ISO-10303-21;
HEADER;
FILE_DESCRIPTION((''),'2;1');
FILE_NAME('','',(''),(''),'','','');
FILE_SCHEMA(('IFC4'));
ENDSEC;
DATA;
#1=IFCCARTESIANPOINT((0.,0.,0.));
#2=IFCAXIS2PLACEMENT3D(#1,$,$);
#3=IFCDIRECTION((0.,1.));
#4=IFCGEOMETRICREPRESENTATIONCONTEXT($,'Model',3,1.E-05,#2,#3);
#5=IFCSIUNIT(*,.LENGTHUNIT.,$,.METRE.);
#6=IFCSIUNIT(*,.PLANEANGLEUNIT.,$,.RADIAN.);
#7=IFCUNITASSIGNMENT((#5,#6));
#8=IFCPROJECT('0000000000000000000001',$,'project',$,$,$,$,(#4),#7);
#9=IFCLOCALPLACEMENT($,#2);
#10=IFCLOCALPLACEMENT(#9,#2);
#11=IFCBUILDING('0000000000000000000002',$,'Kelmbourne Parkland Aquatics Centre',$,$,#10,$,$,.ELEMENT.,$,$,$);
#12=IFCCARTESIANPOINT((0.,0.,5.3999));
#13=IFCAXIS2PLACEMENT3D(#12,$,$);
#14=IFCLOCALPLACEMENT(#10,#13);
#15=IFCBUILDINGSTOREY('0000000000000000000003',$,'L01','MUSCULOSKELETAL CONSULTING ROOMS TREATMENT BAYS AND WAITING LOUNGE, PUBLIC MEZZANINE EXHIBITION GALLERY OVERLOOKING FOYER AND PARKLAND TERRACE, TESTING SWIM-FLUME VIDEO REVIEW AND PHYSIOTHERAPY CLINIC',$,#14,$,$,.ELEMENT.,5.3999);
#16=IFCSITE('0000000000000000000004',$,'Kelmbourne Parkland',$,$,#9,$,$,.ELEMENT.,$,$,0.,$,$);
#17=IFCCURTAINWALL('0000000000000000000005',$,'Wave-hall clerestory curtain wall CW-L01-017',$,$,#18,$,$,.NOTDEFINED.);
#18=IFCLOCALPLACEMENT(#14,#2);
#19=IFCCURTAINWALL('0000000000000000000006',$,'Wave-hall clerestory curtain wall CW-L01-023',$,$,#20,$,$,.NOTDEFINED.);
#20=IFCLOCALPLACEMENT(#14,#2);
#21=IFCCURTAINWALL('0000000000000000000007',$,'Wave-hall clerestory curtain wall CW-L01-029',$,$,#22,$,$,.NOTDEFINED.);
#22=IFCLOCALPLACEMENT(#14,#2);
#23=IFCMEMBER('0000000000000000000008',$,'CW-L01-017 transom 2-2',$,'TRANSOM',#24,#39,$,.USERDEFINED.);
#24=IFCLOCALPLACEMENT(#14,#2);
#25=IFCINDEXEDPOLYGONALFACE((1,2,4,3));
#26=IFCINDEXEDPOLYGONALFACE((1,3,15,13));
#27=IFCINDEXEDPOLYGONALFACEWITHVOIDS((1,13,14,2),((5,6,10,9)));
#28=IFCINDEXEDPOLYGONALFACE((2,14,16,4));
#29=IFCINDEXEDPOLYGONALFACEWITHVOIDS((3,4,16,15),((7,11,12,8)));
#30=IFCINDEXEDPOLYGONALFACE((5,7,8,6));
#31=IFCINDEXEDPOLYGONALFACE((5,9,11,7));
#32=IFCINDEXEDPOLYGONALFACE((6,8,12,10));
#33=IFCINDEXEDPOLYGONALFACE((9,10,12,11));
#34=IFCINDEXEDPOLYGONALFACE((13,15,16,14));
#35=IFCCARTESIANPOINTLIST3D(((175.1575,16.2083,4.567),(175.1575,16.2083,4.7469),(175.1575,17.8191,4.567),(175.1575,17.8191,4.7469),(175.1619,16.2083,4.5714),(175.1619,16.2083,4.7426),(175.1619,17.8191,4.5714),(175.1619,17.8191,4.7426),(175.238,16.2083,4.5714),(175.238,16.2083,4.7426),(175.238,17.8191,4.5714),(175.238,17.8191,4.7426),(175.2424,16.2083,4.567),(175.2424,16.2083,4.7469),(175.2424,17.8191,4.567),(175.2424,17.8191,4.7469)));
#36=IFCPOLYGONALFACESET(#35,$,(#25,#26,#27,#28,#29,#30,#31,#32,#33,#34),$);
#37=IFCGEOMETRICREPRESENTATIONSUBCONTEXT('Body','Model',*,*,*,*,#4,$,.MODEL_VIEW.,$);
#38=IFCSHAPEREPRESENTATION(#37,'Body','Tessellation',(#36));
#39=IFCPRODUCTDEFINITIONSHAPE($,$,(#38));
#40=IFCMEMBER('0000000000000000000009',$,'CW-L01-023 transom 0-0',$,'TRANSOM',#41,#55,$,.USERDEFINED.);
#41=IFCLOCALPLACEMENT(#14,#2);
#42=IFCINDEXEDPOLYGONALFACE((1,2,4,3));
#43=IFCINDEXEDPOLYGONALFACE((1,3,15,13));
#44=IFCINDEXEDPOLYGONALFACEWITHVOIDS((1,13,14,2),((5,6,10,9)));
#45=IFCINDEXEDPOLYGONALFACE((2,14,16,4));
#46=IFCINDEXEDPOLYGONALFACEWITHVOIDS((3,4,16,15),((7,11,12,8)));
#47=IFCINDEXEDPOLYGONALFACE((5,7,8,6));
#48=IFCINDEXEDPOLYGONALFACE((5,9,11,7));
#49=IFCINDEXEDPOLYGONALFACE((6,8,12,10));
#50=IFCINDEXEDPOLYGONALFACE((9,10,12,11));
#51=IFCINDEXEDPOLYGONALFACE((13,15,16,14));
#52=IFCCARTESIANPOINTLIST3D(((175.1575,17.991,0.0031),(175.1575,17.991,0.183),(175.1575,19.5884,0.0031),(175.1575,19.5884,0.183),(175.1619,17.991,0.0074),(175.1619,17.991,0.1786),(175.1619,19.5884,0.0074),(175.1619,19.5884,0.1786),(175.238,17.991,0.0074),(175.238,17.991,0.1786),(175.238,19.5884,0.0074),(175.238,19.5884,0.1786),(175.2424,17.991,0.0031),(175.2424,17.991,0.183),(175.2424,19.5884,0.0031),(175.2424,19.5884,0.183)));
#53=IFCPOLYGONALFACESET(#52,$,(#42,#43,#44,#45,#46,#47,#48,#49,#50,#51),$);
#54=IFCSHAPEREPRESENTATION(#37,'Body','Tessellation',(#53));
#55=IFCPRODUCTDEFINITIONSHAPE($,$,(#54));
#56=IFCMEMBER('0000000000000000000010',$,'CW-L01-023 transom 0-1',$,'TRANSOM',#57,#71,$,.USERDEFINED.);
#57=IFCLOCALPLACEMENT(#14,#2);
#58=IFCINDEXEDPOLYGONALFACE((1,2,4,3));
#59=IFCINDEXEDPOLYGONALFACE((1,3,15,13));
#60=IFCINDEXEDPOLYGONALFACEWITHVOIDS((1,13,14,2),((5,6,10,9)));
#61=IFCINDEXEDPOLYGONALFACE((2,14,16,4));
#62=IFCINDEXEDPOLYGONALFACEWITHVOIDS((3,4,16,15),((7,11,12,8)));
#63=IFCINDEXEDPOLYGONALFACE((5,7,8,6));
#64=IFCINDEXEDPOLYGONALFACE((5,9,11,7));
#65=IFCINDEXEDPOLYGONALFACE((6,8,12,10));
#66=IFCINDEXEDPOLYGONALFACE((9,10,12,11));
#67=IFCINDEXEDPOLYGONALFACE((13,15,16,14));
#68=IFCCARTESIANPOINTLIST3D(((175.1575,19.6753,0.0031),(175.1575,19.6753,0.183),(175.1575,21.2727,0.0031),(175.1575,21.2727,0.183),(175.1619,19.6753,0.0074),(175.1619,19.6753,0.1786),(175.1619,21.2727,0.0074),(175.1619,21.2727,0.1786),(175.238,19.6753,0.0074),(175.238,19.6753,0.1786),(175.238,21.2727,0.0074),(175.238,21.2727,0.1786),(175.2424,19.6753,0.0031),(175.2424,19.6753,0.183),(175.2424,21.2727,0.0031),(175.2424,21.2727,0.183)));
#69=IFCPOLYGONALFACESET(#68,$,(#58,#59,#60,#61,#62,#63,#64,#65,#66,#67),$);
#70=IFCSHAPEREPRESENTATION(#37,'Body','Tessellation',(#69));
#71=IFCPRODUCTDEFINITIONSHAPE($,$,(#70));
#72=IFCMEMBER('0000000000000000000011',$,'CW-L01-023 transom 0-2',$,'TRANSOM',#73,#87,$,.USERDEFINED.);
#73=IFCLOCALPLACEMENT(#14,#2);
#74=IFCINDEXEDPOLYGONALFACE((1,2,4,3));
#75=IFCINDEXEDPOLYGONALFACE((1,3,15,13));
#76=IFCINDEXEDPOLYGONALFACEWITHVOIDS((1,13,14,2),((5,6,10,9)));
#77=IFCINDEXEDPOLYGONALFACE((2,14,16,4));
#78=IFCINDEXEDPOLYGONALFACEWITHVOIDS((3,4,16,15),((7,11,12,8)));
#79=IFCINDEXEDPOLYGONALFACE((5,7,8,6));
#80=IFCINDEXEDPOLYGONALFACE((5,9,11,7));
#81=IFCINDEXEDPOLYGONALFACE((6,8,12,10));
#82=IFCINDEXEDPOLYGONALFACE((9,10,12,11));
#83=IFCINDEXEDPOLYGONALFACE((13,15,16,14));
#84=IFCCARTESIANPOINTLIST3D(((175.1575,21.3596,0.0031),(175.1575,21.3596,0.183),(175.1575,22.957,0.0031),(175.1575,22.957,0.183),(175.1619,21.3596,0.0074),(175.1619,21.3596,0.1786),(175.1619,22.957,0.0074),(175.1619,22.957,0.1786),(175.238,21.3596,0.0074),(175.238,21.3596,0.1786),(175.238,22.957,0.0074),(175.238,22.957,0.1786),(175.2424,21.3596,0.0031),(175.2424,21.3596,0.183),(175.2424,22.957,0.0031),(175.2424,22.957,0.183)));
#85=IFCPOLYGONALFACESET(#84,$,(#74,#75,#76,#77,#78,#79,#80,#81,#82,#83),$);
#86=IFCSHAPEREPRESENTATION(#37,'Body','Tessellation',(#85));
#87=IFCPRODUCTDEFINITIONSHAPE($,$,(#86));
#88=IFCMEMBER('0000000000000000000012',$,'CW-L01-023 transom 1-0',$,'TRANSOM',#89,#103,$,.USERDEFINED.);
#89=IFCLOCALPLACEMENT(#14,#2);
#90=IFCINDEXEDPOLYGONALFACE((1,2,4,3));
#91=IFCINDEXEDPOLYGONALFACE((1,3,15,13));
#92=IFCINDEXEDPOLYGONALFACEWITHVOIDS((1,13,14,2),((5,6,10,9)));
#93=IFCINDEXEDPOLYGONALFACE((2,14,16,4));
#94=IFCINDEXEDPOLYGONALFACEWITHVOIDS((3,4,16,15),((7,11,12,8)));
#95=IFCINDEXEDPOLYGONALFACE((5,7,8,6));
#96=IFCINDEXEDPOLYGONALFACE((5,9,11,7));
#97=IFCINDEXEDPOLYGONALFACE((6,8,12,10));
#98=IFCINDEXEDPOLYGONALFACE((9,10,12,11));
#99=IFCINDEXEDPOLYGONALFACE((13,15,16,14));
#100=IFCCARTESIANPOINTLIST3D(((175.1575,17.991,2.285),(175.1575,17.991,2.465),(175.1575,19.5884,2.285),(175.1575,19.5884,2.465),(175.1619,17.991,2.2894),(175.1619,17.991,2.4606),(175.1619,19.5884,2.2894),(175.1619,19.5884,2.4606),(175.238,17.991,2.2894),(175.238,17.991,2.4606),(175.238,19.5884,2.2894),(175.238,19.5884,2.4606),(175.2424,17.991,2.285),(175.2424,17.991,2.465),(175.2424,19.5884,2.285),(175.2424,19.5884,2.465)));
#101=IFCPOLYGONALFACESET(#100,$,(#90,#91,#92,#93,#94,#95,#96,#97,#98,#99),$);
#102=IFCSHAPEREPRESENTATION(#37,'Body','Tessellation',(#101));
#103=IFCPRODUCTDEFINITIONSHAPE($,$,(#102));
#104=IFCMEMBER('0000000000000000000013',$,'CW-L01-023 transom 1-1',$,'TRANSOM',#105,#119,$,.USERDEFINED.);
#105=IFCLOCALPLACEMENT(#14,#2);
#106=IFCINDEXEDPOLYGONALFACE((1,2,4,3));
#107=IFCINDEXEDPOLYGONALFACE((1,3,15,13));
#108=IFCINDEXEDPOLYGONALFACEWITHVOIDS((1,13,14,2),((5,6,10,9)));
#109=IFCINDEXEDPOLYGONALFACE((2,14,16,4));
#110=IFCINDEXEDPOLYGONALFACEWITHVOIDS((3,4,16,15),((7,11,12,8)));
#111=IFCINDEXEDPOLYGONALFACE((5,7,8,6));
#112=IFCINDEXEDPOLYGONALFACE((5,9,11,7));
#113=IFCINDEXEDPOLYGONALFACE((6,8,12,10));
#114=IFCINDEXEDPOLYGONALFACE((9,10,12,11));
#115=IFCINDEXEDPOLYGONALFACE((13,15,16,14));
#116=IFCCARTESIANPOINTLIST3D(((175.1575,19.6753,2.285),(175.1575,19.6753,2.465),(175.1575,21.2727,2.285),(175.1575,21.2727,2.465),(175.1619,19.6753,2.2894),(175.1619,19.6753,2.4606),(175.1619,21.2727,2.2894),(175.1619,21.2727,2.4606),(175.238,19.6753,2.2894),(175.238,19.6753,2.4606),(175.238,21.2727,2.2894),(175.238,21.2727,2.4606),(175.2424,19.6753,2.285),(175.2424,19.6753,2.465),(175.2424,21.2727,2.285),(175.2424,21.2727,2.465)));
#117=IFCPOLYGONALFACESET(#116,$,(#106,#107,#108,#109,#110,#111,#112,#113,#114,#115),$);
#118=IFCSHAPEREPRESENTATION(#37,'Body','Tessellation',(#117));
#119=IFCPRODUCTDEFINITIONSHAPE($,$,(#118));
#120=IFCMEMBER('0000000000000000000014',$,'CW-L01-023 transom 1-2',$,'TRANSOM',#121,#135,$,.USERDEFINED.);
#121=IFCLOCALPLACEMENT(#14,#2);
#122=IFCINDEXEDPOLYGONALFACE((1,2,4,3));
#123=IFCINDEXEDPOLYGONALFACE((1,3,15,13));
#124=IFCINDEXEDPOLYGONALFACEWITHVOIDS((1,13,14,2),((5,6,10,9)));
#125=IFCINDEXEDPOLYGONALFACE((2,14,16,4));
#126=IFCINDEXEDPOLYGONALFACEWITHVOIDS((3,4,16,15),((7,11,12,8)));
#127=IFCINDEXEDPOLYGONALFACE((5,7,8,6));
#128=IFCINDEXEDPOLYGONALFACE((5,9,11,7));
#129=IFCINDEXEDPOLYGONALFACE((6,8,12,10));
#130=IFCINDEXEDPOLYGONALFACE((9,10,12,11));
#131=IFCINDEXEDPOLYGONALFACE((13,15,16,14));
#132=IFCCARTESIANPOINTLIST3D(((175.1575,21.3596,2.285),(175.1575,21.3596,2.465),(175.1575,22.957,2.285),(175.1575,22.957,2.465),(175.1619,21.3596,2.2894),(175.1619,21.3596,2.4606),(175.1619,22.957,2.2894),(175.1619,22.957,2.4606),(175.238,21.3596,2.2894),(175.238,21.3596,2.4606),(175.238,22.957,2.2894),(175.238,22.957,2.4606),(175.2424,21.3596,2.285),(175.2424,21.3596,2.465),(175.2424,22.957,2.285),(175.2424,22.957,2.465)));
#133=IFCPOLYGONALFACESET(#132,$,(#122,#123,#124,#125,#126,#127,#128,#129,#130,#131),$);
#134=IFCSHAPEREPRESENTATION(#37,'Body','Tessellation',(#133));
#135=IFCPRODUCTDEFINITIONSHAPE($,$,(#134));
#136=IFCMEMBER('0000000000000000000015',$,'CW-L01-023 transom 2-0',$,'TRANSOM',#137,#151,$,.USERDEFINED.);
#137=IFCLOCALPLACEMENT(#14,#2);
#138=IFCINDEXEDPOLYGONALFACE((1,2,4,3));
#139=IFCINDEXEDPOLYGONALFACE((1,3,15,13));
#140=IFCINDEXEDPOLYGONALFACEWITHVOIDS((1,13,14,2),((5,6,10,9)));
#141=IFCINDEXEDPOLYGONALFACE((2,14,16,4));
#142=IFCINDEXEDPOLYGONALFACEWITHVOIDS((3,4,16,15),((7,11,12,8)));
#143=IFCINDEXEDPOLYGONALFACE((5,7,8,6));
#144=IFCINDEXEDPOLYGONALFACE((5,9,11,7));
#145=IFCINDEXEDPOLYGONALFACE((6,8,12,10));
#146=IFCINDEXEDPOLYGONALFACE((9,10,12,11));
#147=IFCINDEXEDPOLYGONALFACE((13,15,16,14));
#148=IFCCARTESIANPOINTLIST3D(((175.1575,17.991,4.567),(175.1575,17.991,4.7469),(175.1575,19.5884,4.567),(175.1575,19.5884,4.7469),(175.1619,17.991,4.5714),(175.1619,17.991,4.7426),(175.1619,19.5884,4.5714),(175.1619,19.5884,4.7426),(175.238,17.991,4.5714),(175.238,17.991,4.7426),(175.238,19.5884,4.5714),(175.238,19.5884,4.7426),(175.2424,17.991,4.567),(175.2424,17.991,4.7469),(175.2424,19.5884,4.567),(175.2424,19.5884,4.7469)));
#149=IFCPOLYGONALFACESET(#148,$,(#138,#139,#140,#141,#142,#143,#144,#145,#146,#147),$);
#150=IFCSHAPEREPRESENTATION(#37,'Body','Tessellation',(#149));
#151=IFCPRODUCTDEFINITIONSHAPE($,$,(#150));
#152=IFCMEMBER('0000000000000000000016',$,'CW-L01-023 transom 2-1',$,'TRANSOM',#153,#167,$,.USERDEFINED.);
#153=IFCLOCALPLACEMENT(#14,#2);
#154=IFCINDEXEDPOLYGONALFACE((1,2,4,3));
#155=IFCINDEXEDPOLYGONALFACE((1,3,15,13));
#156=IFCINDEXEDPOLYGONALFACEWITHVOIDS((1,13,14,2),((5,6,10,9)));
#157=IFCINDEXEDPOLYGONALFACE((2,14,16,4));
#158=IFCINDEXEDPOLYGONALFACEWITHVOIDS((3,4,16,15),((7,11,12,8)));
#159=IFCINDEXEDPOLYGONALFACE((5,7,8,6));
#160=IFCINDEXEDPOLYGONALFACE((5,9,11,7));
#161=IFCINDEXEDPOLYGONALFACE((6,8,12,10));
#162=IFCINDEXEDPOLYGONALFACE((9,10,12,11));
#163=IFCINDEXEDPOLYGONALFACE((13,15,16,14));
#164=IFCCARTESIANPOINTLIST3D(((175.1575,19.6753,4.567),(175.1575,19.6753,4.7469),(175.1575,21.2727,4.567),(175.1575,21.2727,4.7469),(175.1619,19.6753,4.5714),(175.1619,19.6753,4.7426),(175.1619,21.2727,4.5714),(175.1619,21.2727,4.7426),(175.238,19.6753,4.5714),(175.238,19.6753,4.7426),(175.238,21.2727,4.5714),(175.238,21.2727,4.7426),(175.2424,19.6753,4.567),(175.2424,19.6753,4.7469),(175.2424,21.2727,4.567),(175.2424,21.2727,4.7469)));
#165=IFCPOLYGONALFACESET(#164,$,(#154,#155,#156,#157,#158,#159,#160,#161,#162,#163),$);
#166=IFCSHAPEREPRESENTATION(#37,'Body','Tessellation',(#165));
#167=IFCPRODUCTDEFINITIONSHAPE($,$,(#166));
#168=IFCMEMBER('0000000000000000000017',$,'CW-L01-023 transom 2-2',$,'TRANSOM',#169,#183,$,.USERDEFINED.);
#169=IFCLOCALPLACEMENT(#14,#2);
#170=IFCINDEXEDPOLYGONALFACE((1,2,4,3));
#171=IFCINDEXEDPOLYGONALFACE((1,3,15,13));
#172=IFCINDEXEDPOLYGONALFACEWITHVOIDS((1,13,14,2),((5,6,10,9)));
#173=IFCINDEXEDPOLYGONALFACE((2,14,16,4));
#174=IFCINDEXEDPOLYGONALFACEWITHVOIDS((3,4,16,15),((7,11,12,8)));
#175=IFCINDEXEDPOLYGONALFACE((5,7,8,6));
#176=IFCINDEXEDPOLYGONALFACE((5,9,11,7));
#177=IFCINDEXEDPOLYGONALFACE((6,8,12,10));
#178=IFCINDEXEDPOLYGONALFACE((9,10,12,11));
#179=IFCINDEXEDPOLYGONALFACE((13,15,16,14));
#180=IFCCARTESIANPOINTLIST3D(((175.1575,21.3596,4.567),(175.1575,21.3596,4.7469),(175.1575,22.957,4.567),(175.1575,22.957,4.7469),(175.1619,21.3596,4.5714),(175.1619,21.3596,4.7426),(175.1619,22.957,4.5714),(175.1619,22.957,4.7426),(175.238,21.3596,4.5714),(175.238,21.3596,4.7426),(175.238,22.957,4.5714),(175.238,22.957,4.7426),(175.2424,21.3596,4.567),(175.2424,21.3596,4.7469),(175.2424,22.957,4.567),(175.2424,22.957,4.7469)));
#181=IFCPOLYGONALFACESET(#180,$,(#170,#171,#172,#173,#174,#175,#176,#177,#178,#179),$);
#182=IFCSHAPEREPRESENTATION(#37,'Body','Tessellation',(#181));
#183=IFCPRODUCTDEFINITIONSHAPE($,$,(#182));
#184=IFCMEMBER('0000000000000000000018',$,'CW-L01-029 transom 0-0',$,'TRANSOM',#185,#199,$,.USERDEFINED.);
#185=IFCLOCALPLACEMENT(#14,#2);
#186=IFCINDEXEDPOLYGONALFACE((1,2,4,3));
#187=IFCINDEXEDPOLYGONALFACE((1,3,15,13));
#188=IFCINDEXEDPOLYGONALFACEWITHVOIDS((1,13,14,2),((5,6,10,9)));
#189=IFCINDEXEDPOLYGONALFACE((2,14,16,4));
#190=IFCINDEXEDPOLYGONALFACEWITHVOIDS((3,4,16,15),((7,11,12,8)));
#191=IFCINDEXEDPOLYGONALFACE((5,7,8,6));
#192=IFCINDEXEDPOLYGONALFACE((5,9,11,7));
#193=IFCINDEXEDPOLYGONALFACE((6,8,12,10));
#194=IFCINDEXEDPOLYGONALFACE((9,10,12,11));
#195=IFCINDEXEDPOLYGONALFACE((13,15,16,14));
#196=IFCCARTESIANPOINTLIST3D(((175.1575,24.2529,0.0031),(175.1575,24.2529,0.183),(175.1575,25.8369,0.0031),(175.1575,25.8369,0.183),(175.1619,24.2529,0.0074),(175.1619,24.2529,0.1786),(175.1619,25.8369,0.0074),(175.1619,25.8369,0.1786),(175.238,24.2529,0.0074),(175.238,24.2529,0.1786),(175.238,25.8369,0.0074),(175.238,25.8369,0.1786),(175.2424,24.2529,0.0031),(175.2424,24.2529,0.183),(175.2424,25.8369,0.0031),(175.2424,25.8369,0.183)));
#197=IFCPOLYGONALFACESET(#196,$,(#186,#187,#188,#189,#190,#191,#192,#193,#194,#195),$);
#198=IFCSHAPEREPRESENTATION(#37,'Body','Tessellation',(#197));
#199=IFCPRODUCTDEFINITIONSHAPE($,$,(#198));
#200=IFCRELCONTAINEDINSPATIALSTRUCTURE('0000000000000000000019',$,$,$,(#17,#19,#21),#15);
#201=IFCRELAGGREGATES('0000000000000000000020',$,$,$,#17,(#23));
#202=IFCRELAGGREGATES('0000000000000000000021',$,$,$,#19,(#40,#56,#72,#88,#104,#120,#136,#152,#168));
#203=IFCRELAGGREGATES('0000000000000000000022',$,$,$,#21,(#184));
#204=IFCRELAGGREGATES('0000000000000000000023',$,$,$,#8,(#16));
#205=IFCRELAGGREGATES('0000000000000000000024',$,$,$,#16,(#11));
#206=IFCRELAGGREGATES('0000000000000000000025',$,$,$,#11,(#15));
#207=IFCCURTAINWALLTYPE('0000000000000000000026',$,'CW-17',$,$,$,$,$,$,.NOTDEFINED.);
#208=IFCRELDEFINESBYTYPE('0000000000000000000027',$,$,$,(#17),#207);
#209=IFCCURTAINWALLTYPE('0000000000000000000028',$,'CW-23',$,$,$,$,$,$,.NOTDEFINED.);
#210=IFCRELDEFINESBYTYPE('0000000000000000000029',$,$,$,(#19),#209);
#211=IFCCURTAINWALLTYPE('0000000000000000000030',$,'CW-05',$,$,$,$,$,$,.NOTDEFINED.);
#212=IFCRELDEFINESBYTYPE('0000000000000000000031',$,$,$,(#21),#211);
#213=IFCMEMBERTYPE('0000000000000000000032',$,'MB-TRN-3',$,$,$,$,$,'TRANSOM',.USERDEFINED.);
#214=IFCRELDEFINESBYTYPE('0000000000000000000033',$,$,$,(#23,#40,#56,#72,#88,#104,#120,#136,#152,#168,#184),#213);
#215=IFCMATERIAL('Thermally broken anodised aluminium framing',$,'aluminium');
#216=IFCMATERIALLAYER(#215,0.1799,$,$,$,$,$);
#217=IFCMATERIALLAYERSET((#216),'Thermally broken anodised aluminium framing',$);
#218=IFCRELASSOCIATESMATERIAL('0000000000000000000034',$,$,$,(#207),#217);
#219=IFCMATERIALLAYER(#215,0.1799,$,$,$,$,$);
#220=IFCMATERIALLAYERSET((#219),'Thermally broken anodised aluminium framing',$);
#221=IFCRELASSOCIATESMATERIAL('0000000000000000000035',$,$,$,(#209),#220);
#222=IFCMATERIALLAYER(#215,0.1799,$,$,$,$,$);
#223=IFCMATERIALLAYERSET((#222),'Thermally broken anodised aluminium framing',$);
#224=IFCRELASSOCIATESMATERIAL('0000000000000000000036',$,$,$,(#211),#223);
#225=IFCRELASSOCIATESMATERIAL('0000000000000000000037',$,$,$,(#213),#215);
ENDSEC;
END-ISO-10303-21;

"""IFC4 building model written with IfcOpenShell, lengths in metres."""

from ifc_helpers import new_model, si_unit, direction, frame, origin, origin_2d, place, context, subcontext, project, spatial, hollow_rectangle, extrude, material, layer, layer_set, material_profile, profile_set, type_object, element, aggregate, save


model = new_model("IFC4")

# Units and contexts
model_context = context("Model", 3, precision=1e-05, world=origin(), true_north=direction((0.0, 1.0)))
body_context = subcontext(model_context, "Body", "Model", "MODEL_VIEW")
ifc_project = project(units=[si_unit("LENGTHUNIT", "METRE"), si_unit("PLANEANGLEUNIT", "RADIAN")], contexts=[model_context])

# Site, building, storey
site_placement = place(None, origin())
site = spatial("IfcSite", under=ifc_project, at=site_placement, Name="Kelmbourne Parkland", CompositionType="ELEMENT", RefElevation=0.0)
building_placement = place(site_placement, origin())
building = spatial("IfcBuilding", under=site, at=building_placement, Name="Kelmbourne Parkland Aquatics Centre", CompositionType="ELEMENT")
storey_placement = place(building_placement, frame((0.0, 0.0, 5.3999)))
storey = spatial("IfcBuildingStorey", under=building, at=storey_placement, Name="L01", Description="MUSCULOSKELETAL CONSULTING ROOMS TREATMENT BAYS AND WAITING LOUNGE, PUBLIC MEZZANINE EXHIBITION GALLERY OVERLOOKING FOYER AND PARKLAND TERRACE, TESTING SWIM-FLUME VIDEO REVIEW AND PHYSIOTHERAPY CLINIC", CompositionType="ELEMENT", Elevation=5.3999)

# Curtain wall
ifc_material_1 = material(Name="Thermally broken anodised aluminium framing", Category="aluminium")
ifc_layer_1 = layer(ifc_material_1, 0.1799)
ifc_layer_set_1 = layer_set([ifc_layer_1], Name="Thermally broken anodised aluminium framing")
curtain_wall_type_1 = type_object("IfcCurtainWallType", Name="CW-17", PredefinedType="NOTDEFINED", material=ifc_layer_set_1)
curtain_wall_1_placement = place(storey_placement, origin())
curtain_wall_1 = element("IfcCurtainWall", 1, at=curtain_wall_1_placement, inside=storey, type_object=curtain_wall_type_1, Name="Wave-hall clerestory curtain wall CW-L01-017", PredefinedType="NOTDEFINED")

# Curtain walls
ifc_layer_2 = layer(ifc_material_1, 0.1799)
ifc_layer_set_2 = layer_set([ifc_layer_2], Name="Thermally broken anodised aluminium framing")
curtain_wall_type_2 = type_object("IfcCurtainWallType", Name="CW-23", PredefinedType="NOTDEFINED", material=ifc_layer_set_2)
curtain_wall_2_placement = place(storey_placement, origin())
curtain_wall_2 = element("IfcCurtainWall", 2, at=curtain_wall_2_placement, inside=storey, type_object=curtain_wall_type_2, Name="Wave-hall clerestory curtain wall CW-L01-023", PredefinedType="NOTDEFINED")
ifc_layer_3 = layer(ifc_material_1, 0.1799)
ifc_layer_set_3 = layer_set([ifc_layer_3], Name="Thermally broken anodised aluminium framing")
curtain_wall_type_3 = type_object("IfcCurtainWallType", Name="CW-05", PredefinedType="NOTDEFINED", material=ifc_layer_set_3)
curtain_wall_3_placement = place(storey_placement, origin())
curtain_wall_3 = element("IfcCurtainWall", 3, at=curtain_wall_3_placement, inside=storey, type_object=curtain_wall_type_3, Name="Wave-hall clerestory curtain wall CW-L01-029", PredefinedType="NOTDEFINED")

# Members
ifc_material_profile_1 = material_profile(ifc_material_1, hollow_rectangle(XDim=0.085, YDim=0.1799, WallThickness=0.0044, at=origin_2d()), Name="CW-T 85x180")
ifc_profile_set_1 = profile_set([ifc_material_profile_1], Name="Thermally broken anodised aluminium framing")
member_type_1 = type_object("IfcMemberType", Name="MB-TRN-3", ElementType="TRANSOM", PredefinedType="USERDEFINED", material=ifc_profile_set_1)
member_1_placement = place(storey_placement, frame((175.2, 16.2083, 4.657), z_axis=(0.0, 1.0, 0.0), x_axis=(-1.0, 0.0, 0.0)))
member_1 = element("IfcMember", 4, at=member_1_placement, type_object=member_type_1, Name="CW-L01-017 transom 2-2", ObjectType="TRANSOM", PredefinedType="USERDEFINED", context=body_context, shape_type="SweptSolid", body=[
    extrude(hollow_rectangle(XDim=0.085, YDim=0.1799, WallThickness=0.0044, at=origin_2d()), origin(), (0.0, 0.0, 1.0), 1.6108),
])
member_2_placement = place(storey_placement, frame((175.2, 17.991, 0.093), z_axis=(0.0, 1.0, 0.0), x_axis=(-1.0, 0.0, 0.0)))
member_2 = element("IfcMember", 5, at=member_2_placement, type_object=member_type_1, Name="CW-L01-023 transom 0-0", ObjectType="TRANSOM", PredefinedType="USERDEFINED", context=body_context, shape_type="SweptSolid", body=[
    extrude(hollow_rectangle(XDim=0.085, YDim=0.1799, WallThickness=0.0044, at=origin_2d()), origin(), (0.0, 0.0, 1.0), 1.5974),
])
member_3_placement = place(storey_placement, frame((175.2, 19.6753, 0.093), z_axis=(0.0, 1.0, 0.0), x_axis=(-1.0, 0.0, 0.0)))
member_3 = element("IfcMember", 6, at=member_3_placement, type_object=member_type_1, Name="CW-L01-023 transom 0-1", ObjectType="TRANSOM", PredefinedType="USERDEFINED", context=body_context, shape_type="SweptSolid", body=[
    extrude(hollow_rectangle(XDim=0.085, YDim=0.1799, WallThickness=0.0044, at=origin_2d()), origin(), (0.0, 0.0, 1.0), 1.5974),
])
member_4_placement = place(storey_placement, frame((175.2, 21.3596, 0.093), z_axis=(0.0, 1.0, 0.0), x_axis=(-1.0, 0.0, 0.0)))
member_4 = element("IfcMember", 7, at=member_4_placement, type_object=member_type_1, Name="CW-L01-023 transom 0-2", ObjectType="TRANSOM", PredefinedType="USERDEFINED", context=body_context, shape_type="SweptSolid", body=[
    extrude(hollow_rectangle(XDim=0.085, YDim=0.1799, WallThickness=0.0044, at=origin_2d()), origin(), (0.0, 0.0, 1.0), 1.5974),
])
member_5_placement = place(storey_placement, frame((175.2, 17.991, 2.375), z_axis=(0.0, 1.0, 0.0), x_axis=(-1.0, 0.0, 0.0)))
member_5 = element("IfcMember", 8, at=member_5_placement, type_object=member_type_1, Name="CW-L01-023 transom 1-0", ObjectType="TRANSOM", PredefinedType="USERDEFINED", context=body_context, shape_type="SweptSolid", body=[
    extrude(hollow_rectangle(XDim=0.085, YDim=0.1799, WallThickness=0.0044, at=origin_2d()), origin(), (0.0, 0.0, 1.0), 1.5974),
])
member_6_placement = place(storey_placement, frame((175.2, 19.6753, 2.375), z_axis=(0.0, 1.0, 0.0), x_axis=(-1.0, 0.0, 0.0)))
member_6 = element("IfcMember", 9, at=member_6_placement, type_object=member_type_1, Name="CW-L01-023 transom 1-1", ObjectType="TRANSOM", PredefinedType="USERDEFINED", context=body_context, shape_type="SweptSolid", body=[
    extrude(hollow_rectangle(XDim=0.085, YDim=0.1799, WallThickness=0.0044, at=origin_2d()), origin(), (0.0, 0.0, 1.0), 1.5974),
])
member_7_placement = place(storey_placement, frame((175.2, 21.3596, 2.375), z_axis=(0.0, 1.0, 0.0), x_axis=(-1.0, 0.0, 0.0)))
member_7 = element("IfcMember", 10, at=member_7_placement, type_object=member_type_1, Name="CW-L01-023 transom 1-2", ObjectType="TRANSOM", PredefinedType="USERDEFINED", context=body_context, shape_type="SweptSolid", body=[
    extrude(hollow_rectangle(XDim=0.085, YDim=0.1799, WallThickness=0.0044, at=origin_2d()), origin(), (0.0, 0.0, 1.0), 1.5974),
])
member_8_placement = place(storey_placement, frame((175.2, 17.991, 4.657), z_axis=(0.0, 1.0, 0.0), x_axis=(-1.0, 0.0, 0.0)))
member_8 = element("IfcMember", 11, at=member_8_placement, type_object=member_type_1, Name="CW-L01-023 transom 2-0", ObjectType="TRANSOM", PredefinedType="USERDEFINED", context=body_context, shape_type="SweptSolid", body=[
    extrude(hollow_rectangle(XDim=0.085, YDim=0.1799, WallThickness=0.0044, at=origin_2d()), origin(), (0.0, 0.0, 1.0), 1.5974),
])
member_9_placement = place(storey_placement, frame((175.2, 19.6753, 4.657), z_axis=(0.0, 1.0, 0.0), x_axis=(-1.0, 0.0, 0.0)))
member_9 = element("IfcMember", 12, at=member_9_placement, type_object=member_type_1, Name="CW-L01-023 transom 2-1", ObjectType="TRANSOM", PredefinedType="USERDEFINED", context=body_context, shape_type="SweptSolid", body=[
    extrude(hollow_rectangle(XDim=0.085, YDim=0.1799, WallThickness=0.0044, at=origin_2d()), origin(), (0.0, 0.0, 1.0), 1.5974),
])
member_10_placement = place(storey_placement, frame((175.2, 21.3596, 4.657), z_axis=(0.0, 1.0, 0.0), x_axis=(-1.0, 0.0, 0.0)))
member_10 = element("IfcMember", 13, at=member_10_placement, type_object=member_type_1, Name="CW-L01-023 transom 2-2", ObjectType="TRANSOM", PredefinedType="USERDEFINED", context=body_context, shape_type="SweptSolid", body=[
    extrude(hollow_rectangle(XDim=0.085, YDim=0.1799, WallThickness=0.0044, at=origin_2d()), origin(), (0.0, 0.0, 1.0), 1.5974),
])
member_11_placement = place(storey_placement, frame((175.2, 24.2529, 0.093), z_axis=(0.0, 1.0, 0.0), x_axis=(-1.0, 0.0, 0.0)))
member_11 = element("IfcMember", 14, at=member_11_placement, type_object=member_type_1, Name="CW-L01-029 transom 0-0", ObjectType="TRANSOM", PredefinedType="USERDEFINED", context=body_context, shape_type="SweptSolid", body=[
    extrude(hollow_rectangle(XDim=0.085, YDim=0.1799, WallThickness=0.0044, at=origin_2d()), origin(), (0.0, 0.0, 1.0), 1.584),
])

aggregate(curtain_wall_1, [member_1])
aggregate(curtain_wall_2, [member_2, member_3, member_4, member_5, member_6, member_7, member_8, member_9, member_10])
aggregate(curtain_wall_3, [member_11])

save(model, "model.ifc")
